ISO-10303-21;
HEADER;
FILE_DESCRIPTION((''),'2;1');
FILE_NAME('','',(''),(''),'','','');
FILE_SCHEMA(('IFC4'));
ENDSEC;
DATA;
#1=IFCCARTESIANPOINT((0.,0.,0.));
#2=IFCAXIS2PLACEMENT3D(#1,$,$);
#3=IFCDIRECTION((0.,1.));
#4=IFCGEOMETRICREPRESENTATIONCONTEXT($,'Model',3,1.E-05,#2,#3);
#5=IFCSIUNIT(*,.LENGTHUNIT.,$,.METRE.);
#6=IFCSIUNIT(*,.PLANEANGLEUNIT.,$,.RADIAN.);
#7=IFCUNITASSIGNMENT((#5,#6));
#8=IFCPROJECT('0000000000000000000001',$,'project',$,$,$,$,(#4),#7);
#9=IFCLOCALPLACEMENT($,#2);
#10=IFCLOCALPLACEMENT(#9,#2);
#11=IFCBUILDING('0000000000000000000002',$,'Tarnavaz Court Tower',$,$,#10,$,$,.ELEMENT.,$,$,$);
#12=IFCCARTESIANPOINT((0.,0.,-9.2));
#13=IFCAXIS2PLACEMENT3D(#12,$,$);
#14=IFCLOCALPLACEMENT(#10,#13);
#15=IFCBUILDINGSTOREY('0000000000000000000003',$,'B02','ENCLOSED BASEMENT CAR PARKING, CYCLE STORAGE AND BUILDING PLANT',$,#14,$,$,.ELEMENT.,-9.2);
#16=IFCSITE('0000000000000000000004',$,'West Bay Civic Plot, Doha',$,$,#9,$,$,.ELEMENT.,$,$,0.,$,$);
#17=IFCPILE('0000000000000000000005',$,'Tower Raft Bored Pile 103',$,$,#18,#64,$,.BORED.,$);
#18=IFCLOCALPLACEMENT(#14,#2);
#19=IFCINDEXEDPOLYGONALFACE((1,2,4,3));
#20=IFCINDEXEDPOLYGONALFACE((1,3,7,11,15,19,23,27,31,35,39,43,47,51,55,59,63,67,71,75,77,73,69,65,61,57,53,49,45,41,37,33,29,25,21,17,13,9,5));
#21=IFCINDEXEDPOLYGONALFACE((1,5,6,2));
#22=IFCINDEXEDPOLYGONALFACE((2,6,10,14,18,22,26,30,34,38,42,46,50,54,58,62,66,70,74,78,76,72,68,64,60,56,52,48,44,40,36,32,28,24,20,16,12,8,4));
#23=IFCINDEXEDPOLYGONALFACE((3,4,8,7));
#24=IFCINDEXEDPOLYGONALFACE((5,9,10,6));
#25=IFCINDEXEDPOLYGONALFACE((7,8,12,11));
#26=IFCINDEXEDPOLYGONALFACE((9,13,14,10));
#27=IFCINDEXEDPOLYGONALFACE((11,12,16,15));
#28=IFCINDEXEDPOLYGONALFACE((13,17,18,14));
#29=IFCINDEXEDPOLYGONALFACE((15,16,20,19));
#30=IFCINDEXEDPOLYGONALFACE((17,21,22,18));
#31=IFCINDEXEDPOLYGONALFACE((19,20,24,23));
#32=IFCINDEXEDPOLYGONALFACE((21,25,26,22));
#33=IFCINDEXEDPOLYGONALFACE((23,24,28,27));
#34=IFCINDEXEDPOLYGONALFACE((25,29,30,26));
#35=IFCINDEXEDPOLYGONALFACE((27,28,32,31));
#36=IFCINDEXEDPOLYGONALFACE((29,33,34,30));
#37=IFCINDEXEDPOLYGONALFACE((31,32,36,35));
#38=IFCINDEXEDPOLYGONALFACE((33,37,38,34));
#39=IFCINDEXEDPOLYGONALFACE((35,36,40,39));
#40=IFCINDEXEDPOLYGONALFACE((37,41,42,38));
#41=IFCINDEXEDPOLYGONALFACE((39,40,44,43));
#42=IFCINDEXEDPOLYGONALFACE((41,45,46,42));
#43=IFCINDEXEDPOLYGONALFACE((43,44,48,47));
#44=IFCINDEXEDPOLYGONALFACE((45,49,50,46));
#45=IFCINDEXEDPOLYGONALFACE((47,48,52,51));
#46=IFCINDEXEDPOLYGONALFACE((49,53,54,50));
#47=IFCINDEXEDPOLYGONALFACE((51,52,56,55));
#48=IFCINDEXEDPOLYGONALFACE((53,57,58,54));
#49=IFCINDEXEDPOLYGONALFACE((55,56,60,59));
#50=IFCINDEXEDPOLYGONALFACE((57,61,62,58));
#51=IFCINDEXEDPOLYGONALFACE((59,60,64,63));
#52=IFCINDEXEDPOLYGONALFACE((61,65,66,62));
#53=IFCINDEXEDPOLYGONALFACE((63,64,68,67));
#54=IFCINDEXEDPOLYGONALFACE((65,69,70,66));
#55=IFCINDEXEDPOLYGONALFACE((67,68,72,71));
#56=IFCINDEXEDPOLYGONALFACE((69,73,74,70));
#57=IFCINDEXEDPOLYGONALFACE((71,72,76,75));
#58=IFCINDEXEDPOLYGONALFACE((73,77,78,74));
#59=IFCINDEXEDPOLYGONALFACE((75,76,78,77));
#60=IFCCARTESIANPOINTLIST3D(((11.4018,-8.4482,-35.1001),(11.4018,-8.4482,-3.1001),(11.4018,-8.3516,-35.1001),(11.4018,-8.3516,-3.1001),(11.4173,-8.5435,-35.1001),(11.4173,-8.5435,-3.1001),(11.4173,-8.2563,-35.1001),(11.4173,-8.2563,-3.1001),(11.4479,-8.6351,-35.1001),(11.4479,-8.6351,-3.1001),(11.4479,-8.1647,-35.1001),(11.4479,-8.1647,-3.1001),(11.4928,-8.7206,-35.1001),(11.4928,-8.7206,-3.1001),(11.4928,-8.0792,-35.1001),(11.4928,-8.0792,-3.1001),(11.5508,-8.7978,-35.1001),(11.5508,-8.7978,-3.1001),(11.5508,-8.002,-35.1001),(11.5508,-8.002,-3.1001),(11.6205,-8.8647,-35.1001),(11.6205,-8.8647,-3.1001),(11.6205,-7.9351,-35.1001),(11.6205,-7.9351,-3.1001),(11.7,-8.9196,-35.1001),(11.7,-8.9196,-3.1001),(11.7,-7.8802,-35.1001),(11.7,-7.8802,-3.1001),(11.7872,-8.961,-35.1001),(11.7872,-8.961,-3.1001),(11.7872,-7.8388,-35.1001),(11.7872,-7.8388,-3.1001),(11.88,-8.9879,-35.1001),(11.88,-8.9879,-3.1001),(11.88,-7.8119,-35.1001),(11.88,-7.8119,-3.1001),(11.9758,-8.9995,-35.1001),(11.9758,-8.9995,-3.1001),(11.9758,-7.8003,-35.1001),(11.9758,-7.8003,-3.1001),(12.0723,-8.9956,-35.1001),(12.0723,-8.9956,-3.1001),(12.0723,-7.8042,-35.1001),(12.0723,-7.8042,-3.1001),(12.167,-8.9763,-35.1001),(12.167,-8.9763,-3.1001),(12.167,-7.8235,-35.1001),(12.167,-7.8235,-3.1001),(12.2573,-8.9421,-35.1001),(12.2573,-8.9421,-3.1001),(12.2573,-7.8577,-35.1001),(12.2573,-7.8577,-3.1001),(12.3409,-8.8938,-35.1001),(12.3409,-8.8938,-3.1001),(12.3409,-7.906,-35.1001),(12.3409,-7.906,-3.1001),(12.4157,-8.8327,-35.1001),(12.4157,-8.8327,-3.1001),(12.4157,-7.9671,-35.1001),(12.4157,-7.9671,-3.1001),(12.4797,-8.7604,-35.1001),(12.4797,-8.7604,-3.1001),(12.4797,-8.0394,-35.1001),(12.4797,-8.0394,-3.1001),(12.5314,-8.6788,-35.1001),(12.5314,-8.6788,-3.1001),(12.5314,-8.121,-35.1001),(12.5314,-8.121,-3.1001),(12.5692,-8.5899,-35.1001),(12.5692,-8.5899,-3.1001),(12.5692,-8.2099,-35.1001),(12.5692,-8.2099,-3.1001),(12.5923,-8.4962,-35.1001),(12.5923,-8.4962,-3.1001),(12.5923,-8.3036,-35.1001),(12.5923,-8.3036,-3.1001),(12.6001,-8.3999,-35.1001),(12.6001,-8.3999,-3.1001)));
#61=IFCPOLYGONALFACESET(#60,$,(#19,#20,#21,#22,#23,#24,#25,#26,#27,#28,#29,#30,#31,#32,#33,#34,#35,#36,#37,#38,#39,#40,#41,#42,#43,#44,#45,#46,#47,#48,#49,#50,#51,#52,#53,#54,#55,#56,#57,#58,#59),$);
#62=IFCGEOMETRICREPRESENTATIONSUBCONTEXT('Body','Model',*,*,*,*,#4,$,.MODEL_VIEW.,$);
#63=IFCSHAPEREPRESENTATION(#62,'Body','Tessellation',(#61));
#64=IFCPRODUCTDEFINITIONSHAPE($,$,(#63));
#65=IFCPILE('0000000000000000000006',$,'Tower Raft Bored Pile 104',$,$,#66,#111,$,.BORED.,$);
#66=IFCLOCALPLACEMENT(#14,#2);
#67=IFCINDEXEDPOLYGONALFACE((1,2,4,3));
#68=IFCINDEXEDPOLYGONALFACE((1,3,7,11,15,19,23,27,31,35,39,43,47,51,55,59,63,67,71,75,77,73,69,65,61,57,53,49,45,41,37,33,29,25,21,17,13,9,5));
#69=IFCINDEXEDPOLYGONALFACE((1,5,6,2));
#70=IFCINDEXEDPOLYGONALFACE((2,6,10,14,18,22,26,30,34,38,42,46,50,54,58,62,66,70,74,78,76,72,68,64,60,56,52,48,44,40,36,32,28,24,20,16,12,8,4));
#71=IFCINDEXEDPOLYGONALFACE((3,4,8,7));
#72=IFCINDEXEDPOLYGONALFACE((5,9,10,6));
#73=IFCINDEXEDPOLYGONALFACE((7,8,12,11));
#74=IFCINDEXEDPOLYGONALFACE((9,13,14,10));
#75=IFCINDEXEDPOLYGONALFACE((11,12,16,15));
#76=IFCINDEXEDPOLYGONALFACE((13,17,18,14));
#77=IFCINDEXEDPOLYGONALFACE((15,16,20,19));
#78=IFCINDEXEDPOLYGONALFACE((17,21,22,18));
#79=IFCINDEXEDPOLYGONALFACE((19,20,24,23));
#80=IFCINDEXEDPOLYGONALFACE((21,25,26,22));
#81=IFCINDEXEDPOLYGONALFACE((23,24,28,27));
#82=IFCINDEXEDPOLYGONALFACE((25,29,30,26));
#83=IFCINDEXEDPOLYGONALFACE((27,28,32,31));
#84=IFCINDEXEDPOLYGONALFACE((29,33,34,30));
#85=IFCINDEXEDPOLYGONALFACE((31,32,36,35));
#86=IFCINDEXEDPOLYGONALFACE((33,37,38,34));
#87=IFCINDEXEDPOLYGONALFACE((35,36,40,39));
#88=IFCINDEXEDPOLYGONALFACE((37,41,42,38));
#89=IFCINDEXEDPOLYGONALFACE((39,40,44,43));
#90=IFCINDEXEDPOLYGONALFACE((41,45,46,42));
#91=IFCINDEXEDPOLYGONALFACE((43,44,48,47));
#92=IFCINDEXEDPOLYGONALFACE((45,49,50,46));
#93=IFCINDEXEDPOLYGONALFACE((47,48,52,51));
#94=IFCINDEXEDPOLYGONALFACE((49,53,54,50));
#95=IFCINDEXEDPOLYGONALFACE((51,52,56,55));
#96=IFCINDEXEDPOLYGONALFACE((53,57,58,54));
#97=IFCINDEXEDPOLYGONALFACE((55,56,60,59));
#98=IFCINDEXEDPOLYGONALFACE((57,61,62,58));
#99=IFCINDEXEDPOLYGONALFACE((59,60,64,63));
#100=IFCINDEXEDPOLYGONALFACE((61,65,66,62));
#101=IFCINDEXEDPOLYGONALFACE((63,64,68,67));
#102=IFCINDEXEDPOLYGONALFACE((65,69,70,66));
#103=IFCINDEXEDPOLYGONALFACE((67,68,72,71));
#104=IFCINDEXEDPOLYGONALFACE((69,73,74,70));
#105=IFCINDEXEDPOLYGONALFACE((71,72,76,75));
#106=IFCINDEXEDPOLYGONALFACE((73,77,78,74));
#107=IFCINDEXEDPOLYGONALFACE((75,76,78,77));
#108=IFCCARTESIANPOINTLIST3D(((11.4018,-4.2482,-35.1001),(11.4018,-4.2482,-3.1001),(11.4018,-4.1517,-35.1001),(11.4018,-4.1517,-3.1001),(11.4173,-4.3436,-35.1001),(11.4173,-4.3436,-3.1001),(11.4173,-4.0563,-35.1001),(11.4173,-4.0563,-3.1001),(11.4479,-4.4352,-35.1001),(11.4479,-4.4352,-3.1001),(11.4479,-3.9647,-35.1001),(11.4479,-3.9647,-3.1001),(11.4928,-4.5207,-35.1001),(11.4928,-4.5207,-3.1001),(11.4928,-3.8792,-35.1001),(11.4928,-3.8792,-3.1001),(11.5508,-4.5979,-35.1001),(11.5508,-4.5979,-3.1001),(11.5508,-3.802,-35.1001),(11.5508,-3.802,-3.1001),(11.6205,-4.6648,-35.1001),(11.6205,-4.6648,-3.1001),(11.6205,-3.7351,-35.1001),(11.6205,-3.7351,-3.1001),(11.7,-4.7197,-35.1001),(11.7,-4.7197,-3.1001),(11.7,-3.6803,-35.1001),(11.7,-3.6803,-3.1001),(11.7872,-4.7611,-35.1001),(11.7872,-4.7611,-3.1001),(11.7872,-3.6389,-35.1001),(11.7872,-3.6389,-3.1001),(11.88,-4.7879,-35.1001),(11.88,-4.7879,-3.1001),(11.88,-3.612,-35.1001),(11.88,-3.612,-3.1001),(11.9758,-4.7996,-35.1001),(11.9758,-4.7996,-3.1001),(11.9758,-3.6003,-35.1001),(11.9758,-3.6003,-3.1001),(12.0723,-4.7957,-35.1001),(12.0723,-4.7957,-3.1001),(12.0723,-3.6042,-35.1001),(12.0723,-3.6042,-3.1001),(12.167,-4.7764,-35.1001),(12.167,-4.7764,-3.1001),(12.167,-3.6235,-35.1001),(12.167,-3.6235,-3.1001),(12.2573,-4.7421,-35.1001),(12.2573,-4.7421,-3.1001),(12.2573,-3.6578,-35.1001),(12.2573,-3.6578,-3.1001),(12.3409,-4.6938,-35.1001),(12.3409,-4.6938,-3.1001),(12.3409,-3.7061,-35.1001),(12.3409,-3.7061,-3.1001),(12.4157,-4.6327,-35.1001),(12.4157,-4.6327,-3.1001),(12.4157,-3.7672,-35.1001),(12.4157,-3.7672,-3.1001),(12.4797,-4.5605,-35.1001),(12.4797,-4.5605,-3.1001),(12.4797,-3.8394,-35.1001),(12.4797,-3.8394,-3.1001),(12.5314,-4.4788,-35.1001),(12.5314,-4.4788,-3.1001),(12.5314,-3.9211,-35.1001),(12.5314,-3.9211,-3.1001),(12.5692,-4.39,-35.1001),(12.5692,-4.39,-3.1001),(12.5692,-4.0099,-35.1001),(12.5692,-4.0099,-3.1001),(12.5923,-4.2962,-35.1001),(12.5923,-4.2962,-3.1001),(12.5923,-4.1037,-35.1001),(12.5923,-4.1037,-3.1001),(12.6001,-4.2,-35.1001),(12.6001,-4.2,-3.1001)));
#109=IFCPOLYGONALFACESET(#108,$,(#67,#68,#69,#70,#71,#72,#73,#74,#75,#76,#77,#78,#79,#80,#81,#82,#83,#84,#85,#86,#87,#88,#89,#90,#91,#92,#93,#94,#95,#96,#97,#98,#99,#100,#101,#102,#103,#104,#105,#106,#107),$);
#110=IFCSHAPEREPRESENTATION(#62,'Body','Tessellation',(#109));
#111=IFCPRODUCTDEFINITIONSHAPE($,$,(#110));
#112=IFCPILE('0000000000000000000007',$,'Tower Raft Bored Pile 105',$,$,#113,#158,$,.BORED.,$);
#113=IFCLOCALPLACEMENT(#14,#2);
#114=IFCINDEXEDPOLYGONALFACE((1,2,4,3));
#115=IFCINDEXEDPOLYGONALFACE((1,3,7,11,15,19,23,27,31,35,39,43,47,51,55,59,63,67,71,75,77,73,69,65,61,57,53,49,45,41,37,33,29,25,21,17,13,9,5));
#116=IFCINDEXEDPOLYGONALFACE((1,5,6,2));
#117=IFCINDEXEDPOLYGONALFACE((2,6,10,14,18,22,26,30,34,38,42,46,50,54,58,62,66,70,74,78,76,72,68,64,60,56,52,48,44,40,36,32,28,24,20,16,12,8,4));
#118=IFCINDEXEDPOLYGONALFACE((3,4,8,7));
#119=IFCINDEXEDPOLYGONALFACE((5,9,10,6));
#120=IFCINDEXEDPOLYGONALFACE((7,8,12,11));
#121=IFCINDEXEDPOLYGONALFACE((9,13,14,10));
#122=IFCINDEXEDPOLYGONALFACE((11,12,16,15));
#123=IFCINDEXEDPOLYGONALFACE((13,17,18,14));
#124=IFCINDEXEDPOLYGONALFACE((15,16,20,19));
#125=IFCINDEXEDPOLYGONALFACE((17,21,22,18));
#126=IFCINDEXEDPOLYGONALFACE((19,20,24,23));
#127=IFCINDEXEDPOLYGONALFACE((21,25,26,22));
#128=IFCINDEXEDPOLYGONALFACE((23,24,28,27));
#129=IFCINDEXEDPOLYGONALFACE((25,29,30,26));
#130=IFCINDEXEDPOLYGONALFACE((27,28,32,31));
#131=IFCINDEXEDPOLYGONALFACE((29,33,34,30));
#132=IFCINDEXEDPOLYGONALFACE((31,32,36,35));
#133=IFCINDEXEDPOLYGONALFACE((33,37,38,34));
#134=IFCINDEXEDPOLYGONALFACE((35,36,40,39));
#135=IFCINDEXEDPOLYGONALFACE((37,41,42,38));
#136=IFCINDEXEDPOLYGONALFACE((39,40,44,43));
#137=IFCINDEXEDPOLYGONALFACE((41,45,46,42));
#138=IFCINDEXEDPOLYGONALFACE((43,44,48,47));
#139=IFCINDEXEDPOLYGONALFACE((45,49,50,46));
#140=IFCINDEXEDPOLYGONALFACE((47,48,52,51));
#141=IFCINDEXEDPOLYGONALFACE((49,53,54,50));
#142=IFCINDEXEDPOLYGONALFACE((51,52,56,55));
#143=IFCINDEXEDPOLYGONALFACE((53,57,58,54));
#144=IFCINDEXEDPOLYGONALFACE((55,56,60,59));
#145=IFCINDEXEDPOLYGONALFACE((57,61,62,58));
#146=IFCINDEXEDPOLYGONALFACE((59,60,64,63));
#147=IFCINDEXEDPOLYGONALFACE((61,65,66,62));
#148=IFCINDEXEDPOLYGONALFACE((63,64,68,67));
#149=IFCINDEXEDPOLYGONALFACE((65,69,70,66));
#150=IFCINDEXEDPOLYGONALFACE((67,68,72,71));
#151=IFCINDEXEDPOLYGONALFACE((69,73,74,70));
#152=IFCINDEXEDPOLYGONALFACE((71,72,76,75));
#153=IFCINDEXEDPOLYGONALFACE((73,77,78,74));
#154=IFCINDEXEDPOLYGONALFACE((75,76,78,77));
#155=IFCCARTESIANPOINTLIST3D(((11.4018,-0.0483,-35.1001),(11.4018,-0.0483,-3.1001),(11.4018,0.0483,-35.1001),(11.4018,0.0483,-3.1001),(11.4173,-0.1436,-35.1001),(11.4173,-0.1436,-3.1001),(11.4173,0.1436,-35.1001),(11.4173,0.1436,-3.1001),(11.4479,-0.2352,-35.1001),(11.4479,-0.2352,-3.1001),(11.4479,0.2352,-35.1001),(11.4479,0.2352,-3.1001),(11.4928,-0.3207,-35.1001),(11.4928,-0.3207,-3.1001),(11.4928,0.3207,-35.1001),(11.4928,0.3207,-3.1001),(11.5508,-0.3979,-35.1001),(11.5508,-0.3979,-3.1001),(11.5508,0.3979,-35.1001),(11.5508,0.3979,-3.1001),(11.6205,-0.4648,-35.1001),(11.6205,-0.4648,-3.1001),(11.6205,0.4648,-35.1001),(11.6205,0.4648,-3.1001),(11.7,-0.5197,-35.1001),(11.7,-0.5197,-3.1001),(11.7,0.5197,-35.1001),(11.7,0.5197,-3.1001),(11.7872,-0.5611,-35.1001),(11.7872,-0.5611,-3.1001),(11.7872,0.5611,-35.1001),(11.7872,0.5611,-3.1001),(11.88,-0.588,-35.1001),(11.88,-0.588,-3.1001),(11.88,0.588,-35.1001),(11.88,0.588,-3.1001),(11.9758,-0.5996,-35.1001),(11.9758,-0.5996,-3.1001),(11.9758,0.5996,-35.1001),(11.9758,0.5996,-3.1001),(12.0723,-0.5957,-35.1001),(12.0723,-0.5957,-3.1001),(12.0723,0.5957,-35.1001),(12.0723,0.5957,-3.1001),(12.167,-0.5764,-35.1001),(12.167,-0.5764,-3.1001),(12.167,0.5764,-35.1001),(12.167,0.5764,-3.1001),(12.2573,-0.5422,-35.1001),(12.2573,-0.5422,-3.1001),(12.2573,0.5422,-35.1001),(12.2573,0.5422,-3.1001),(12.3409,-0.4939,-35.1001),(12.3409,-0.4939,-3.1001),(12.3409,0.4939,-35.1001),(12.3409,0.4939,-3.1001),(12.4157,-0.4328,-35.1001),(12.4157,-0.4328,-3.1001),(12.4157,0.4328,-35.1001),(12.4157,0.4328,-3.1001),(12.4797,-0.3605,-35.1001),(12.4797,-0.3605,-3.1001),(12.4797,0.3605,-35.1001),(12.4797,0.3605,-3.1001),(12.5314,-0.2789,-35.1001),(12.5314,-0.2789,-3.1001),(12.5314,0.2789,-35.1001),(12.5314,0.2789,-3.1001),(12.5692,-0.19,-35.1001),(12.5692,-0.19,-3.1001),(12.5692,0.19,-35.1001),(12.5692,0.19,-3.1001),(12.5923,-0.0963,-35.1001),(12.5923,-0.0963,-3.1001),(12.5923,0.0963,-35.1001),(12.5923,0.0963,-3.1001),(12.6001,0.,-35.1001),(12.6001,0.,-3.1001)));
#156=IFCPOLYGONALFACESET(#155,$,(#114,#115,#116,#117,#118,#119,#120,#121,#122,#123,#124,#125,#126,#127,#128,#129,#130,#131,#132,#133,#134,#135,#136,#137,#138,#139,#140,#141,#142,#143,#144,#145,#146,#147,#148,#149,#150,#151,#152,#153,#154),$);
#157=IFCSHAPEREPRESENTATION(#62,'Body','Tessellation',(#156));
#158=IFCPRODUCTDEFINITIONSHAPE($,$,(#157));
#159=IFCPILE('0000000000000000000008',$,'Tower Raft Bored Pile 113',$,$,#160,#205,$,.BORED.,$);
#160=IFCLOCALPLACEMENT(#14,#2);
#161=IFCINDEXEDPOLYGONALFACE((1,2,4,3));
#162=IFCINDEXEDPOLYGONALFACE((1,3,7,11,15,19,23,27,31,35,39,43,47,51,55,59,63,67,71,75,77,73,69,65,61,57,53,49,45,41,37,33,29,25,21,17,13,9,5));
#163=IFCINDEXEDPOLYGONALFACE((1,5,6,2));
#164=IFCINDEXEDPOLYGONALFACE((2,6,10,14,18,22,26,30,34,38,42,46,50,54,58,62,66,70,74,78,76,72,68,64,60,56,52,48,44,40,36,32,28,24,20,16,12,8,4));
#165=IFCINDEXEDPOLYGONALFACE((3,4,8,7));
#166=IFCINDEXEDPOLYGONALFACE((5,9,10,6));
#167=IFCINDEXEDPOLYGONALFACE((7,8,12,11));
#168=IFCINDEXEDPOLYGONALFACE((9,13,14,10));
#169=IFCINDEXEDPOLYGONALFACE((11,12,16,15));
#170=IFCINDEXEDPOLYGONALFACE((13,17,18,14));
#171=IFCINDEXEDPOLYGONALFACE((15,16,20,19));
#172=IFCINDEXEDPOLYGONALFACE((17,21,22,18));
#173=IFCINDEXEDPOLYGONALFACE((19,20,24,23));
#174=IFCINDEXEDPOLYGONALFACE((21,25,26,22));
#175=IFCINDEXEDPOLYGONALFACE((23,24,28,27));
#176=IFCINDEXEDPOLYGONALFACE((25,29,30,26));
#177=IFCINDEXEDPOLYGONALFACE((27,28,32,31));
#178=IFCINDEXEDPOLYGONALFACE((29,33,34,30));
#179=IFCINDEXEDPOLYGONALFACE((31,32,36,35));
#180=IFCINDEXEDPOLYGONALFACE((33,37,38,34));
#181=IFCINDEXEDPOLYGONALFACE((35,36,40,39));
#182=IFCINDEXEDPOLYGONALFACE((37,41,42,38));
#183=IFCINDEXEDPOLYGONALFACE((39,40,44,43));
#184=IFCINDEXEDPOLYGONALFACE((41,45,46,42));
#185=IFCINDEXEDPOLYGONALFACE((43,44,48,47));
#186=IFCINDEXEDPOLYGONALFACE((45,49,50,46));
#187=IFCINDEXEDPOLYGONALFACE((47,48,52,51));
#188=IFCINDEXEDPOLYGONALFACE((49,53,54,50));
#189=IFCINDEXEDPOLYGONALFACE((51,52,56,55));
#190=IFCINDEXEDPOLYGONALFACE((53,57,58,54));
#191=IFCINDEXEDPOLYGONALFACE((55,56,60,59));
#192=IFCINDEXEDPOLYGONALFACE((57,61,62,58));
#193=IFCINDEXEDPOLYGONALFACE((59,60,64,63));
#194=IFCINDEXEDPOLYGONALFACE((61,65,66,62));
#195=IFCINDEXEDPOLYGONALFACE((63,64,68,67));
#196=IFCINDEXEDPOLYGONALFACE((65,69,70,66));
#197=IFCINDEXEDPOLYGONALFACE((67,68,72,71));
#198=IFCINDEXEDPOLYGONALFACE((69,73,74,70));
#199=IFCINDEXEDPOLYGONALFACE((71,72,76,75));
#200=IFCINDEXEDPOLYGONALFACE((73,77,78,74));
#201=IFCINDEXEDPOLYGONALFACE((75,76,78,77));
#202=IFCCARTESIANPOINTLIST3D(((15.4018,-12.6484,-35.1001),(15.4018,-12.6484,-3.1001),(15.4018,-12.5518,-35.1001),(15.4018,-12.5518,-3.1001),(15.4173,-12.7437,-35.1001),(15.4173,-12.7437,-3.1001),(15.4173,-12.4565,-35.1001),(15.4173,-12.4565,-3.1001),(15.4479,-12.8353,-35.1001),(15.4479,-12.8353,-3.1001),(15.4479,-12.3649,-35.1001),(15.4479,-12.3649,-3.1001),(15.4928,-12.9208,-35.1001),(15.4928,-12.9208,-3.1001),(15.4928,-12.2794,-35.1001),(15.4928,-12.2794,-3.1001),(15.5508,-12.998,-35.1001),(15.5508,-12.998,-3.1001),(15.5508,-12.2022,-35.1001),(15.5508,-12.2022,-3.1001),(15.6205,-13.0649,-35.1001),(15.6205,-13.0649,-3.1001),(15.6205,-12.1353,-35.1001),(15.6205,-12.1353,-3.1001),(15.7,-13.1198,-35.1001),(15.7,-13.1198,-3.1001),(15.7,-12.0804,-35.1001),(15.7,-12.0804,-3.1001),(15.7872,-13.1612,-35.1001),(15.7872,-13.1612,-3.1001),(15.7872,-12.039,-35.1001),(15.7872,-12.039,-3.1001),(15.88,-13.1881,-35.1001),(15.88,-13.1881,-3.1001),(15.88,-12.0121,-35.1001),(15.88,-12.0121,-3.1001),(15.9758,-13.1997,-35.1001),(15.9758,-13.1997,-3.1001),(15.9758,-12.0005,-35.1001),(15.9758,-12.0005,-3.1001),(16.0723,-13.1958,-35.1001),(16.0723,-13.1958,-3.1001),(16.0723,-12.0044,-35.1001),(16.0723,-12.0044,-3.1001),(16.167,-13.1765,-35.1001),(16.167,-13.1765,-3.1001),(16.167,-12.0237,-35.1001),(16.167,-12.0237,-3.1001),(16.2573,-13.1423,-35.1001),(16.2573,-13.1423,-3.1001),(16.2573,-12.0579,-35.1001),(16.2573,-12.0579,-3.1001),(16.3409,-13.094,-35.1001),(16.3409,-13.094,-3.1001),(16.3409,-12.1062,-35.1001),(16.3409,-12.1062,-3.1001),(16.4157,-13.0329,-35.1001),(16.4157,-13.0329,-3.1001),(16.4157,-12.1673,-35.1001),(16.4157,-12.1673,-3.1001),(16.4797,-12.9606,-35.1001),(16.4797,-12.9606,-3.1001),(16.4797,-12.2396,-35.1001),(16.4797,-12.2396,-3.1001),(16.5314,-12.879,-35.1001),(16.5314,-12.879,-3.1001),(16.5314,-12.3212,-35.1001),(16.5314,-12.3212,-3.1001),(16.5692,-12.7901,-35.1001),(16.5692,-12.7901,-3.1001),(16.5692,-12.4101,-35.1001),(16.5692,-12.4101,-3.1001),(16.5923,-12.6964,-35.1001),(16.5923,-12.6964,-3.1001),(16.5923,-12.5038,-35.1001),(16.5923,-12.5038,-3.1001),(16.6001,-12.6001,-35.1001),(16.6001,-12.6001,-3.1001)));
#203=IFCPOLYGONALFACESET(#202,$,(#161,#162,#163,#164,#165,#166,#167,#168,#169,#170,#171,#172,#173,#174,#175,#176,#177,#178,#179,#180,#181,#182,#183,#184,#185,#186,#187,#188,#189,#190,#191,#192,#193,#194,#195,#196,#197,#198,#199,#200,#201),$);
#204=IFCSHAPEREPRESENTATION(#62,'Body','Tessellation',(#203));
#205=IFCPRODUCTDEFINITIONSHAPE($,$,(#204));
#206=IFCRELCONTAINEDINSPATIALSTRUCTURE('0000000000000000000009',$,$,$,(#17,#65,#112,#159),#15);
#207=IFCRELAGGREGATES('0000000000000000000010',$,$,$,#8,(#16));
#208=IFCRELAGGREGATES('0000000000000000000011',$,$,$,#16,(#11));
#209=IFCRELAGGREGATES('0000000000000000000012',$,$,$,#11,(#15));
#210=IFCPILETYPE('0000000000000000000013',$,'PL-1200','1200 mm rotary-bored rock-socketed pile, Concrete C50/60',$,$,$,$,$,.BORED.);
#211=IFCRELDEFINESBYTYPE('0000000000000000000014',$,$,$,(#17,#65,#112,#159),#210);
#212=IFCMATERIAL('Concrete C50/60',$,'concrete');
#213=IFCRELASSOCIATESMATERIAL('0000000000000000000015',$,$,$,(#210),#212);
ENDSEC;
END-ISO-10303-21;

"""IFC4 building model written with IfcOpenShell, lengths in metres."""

from ifc_helpers import new_model, si_unit, direction, frame, origin, origin_2d, place, context, subcontext, project, spatial, circle, extrude, material, material_profile, profile_set, type_object, element, save


model = new_model("IFC4")

# Units and contexts
model_context = context("Model", 3, precision=1e-05, world=origin(), true_north=direction((0.0, 1.0)))
body_context = subcontext(model_context, "Body", "Model", "MODEL_VIEW")
ifc_project = project(units=[si_unit("LENGTHUNIT", "METRE"), si_unit("PLANEANGLEUNIT", "RADIAN")], contexts=[model_context])

# Site, building, storey
site_placement = place(None, origin())
site = spatial("IfcSite", under=ifc_project, at=site_placement, Name="West Bay Civic Plot, Doha", CompositionType="ELEMENT", RefElevation=0.0)
building_placement = place(site_placement, origin())
building = spatial("IfcBuilding", under=site, at=building_placement, Name="Tarnavaz Court Tower", CompositionType="ELEMENT")
storey_placement = place(building_placement, frame((0.0, 0.0, -9.2)))
storey = spatial("IfcBuildingStorey", under=building, at=storey_placement, Name="B02", Description="ENCLOSED BASEMENT CAR PARKING, CYCLE STORAGE AND BUILDING PLANT", CompositionType="ELEMENT", Elevation=-9.2)

# Piles
ifc_material_1 = material(Name="Concrete C50/60", Category="concrete")
ifc_material_profile_1 = material_profile(ifc_material_1, circle(Radius=0.6001, at=origin_2d()), Name="PILE D1200")
ifc_profile_set_1 = profile_set([ifc_material_profile_1], Name="Concrete C50/60")
pile_type = type_object("IfcPileType", Name="PL-1200", Description="1200 mm rotary-bored rock-socketed pile, Concrete C50/60", PredefinedType="BORED", material=ifc_profile_set_1)
for number, where, z_axis, x_axis, name in (
    (1, (12.0, -8.3999, -3.1001), (0.0, 0.0, -1.0), (1.0, 0.0, 0.0), "Tower Raft Bored Pile 103"),
    (2, (12.0, -4.2, -3.1001), (0.0, 0.0, -1.0), (1.0, 0.0, 0.0), "Tower Raft Bored Pile 104"),
    (3, (12.0, 0.0, -3.1001), (0.0, 0.0, -1.0), (1.0, 0.0, 0.0), "Tower Raft Bored Pile 105"),
    (4, (16.0, -12.6001, -3.1001), (0.0, 0.0, -1.0), (1.0, 0.0, 0.0), "Tower Raft Bored Pile 113"),
):
    element("IfcPile", number, at=place(storey_placement, frame(where, z_axis=z_axis, x_axis=x_axis)), inside=storey, type_object=pile_type, Name=name, PredefinedType="BORED", context=body_context, shape_type="SweptSolid", body=[
        extrude(circle(Radius=0.6001, at=origin_2d()), origin(), (0.0, 0.0, 1.0), 32.0),
    ])

save(model, "model.ifc")
